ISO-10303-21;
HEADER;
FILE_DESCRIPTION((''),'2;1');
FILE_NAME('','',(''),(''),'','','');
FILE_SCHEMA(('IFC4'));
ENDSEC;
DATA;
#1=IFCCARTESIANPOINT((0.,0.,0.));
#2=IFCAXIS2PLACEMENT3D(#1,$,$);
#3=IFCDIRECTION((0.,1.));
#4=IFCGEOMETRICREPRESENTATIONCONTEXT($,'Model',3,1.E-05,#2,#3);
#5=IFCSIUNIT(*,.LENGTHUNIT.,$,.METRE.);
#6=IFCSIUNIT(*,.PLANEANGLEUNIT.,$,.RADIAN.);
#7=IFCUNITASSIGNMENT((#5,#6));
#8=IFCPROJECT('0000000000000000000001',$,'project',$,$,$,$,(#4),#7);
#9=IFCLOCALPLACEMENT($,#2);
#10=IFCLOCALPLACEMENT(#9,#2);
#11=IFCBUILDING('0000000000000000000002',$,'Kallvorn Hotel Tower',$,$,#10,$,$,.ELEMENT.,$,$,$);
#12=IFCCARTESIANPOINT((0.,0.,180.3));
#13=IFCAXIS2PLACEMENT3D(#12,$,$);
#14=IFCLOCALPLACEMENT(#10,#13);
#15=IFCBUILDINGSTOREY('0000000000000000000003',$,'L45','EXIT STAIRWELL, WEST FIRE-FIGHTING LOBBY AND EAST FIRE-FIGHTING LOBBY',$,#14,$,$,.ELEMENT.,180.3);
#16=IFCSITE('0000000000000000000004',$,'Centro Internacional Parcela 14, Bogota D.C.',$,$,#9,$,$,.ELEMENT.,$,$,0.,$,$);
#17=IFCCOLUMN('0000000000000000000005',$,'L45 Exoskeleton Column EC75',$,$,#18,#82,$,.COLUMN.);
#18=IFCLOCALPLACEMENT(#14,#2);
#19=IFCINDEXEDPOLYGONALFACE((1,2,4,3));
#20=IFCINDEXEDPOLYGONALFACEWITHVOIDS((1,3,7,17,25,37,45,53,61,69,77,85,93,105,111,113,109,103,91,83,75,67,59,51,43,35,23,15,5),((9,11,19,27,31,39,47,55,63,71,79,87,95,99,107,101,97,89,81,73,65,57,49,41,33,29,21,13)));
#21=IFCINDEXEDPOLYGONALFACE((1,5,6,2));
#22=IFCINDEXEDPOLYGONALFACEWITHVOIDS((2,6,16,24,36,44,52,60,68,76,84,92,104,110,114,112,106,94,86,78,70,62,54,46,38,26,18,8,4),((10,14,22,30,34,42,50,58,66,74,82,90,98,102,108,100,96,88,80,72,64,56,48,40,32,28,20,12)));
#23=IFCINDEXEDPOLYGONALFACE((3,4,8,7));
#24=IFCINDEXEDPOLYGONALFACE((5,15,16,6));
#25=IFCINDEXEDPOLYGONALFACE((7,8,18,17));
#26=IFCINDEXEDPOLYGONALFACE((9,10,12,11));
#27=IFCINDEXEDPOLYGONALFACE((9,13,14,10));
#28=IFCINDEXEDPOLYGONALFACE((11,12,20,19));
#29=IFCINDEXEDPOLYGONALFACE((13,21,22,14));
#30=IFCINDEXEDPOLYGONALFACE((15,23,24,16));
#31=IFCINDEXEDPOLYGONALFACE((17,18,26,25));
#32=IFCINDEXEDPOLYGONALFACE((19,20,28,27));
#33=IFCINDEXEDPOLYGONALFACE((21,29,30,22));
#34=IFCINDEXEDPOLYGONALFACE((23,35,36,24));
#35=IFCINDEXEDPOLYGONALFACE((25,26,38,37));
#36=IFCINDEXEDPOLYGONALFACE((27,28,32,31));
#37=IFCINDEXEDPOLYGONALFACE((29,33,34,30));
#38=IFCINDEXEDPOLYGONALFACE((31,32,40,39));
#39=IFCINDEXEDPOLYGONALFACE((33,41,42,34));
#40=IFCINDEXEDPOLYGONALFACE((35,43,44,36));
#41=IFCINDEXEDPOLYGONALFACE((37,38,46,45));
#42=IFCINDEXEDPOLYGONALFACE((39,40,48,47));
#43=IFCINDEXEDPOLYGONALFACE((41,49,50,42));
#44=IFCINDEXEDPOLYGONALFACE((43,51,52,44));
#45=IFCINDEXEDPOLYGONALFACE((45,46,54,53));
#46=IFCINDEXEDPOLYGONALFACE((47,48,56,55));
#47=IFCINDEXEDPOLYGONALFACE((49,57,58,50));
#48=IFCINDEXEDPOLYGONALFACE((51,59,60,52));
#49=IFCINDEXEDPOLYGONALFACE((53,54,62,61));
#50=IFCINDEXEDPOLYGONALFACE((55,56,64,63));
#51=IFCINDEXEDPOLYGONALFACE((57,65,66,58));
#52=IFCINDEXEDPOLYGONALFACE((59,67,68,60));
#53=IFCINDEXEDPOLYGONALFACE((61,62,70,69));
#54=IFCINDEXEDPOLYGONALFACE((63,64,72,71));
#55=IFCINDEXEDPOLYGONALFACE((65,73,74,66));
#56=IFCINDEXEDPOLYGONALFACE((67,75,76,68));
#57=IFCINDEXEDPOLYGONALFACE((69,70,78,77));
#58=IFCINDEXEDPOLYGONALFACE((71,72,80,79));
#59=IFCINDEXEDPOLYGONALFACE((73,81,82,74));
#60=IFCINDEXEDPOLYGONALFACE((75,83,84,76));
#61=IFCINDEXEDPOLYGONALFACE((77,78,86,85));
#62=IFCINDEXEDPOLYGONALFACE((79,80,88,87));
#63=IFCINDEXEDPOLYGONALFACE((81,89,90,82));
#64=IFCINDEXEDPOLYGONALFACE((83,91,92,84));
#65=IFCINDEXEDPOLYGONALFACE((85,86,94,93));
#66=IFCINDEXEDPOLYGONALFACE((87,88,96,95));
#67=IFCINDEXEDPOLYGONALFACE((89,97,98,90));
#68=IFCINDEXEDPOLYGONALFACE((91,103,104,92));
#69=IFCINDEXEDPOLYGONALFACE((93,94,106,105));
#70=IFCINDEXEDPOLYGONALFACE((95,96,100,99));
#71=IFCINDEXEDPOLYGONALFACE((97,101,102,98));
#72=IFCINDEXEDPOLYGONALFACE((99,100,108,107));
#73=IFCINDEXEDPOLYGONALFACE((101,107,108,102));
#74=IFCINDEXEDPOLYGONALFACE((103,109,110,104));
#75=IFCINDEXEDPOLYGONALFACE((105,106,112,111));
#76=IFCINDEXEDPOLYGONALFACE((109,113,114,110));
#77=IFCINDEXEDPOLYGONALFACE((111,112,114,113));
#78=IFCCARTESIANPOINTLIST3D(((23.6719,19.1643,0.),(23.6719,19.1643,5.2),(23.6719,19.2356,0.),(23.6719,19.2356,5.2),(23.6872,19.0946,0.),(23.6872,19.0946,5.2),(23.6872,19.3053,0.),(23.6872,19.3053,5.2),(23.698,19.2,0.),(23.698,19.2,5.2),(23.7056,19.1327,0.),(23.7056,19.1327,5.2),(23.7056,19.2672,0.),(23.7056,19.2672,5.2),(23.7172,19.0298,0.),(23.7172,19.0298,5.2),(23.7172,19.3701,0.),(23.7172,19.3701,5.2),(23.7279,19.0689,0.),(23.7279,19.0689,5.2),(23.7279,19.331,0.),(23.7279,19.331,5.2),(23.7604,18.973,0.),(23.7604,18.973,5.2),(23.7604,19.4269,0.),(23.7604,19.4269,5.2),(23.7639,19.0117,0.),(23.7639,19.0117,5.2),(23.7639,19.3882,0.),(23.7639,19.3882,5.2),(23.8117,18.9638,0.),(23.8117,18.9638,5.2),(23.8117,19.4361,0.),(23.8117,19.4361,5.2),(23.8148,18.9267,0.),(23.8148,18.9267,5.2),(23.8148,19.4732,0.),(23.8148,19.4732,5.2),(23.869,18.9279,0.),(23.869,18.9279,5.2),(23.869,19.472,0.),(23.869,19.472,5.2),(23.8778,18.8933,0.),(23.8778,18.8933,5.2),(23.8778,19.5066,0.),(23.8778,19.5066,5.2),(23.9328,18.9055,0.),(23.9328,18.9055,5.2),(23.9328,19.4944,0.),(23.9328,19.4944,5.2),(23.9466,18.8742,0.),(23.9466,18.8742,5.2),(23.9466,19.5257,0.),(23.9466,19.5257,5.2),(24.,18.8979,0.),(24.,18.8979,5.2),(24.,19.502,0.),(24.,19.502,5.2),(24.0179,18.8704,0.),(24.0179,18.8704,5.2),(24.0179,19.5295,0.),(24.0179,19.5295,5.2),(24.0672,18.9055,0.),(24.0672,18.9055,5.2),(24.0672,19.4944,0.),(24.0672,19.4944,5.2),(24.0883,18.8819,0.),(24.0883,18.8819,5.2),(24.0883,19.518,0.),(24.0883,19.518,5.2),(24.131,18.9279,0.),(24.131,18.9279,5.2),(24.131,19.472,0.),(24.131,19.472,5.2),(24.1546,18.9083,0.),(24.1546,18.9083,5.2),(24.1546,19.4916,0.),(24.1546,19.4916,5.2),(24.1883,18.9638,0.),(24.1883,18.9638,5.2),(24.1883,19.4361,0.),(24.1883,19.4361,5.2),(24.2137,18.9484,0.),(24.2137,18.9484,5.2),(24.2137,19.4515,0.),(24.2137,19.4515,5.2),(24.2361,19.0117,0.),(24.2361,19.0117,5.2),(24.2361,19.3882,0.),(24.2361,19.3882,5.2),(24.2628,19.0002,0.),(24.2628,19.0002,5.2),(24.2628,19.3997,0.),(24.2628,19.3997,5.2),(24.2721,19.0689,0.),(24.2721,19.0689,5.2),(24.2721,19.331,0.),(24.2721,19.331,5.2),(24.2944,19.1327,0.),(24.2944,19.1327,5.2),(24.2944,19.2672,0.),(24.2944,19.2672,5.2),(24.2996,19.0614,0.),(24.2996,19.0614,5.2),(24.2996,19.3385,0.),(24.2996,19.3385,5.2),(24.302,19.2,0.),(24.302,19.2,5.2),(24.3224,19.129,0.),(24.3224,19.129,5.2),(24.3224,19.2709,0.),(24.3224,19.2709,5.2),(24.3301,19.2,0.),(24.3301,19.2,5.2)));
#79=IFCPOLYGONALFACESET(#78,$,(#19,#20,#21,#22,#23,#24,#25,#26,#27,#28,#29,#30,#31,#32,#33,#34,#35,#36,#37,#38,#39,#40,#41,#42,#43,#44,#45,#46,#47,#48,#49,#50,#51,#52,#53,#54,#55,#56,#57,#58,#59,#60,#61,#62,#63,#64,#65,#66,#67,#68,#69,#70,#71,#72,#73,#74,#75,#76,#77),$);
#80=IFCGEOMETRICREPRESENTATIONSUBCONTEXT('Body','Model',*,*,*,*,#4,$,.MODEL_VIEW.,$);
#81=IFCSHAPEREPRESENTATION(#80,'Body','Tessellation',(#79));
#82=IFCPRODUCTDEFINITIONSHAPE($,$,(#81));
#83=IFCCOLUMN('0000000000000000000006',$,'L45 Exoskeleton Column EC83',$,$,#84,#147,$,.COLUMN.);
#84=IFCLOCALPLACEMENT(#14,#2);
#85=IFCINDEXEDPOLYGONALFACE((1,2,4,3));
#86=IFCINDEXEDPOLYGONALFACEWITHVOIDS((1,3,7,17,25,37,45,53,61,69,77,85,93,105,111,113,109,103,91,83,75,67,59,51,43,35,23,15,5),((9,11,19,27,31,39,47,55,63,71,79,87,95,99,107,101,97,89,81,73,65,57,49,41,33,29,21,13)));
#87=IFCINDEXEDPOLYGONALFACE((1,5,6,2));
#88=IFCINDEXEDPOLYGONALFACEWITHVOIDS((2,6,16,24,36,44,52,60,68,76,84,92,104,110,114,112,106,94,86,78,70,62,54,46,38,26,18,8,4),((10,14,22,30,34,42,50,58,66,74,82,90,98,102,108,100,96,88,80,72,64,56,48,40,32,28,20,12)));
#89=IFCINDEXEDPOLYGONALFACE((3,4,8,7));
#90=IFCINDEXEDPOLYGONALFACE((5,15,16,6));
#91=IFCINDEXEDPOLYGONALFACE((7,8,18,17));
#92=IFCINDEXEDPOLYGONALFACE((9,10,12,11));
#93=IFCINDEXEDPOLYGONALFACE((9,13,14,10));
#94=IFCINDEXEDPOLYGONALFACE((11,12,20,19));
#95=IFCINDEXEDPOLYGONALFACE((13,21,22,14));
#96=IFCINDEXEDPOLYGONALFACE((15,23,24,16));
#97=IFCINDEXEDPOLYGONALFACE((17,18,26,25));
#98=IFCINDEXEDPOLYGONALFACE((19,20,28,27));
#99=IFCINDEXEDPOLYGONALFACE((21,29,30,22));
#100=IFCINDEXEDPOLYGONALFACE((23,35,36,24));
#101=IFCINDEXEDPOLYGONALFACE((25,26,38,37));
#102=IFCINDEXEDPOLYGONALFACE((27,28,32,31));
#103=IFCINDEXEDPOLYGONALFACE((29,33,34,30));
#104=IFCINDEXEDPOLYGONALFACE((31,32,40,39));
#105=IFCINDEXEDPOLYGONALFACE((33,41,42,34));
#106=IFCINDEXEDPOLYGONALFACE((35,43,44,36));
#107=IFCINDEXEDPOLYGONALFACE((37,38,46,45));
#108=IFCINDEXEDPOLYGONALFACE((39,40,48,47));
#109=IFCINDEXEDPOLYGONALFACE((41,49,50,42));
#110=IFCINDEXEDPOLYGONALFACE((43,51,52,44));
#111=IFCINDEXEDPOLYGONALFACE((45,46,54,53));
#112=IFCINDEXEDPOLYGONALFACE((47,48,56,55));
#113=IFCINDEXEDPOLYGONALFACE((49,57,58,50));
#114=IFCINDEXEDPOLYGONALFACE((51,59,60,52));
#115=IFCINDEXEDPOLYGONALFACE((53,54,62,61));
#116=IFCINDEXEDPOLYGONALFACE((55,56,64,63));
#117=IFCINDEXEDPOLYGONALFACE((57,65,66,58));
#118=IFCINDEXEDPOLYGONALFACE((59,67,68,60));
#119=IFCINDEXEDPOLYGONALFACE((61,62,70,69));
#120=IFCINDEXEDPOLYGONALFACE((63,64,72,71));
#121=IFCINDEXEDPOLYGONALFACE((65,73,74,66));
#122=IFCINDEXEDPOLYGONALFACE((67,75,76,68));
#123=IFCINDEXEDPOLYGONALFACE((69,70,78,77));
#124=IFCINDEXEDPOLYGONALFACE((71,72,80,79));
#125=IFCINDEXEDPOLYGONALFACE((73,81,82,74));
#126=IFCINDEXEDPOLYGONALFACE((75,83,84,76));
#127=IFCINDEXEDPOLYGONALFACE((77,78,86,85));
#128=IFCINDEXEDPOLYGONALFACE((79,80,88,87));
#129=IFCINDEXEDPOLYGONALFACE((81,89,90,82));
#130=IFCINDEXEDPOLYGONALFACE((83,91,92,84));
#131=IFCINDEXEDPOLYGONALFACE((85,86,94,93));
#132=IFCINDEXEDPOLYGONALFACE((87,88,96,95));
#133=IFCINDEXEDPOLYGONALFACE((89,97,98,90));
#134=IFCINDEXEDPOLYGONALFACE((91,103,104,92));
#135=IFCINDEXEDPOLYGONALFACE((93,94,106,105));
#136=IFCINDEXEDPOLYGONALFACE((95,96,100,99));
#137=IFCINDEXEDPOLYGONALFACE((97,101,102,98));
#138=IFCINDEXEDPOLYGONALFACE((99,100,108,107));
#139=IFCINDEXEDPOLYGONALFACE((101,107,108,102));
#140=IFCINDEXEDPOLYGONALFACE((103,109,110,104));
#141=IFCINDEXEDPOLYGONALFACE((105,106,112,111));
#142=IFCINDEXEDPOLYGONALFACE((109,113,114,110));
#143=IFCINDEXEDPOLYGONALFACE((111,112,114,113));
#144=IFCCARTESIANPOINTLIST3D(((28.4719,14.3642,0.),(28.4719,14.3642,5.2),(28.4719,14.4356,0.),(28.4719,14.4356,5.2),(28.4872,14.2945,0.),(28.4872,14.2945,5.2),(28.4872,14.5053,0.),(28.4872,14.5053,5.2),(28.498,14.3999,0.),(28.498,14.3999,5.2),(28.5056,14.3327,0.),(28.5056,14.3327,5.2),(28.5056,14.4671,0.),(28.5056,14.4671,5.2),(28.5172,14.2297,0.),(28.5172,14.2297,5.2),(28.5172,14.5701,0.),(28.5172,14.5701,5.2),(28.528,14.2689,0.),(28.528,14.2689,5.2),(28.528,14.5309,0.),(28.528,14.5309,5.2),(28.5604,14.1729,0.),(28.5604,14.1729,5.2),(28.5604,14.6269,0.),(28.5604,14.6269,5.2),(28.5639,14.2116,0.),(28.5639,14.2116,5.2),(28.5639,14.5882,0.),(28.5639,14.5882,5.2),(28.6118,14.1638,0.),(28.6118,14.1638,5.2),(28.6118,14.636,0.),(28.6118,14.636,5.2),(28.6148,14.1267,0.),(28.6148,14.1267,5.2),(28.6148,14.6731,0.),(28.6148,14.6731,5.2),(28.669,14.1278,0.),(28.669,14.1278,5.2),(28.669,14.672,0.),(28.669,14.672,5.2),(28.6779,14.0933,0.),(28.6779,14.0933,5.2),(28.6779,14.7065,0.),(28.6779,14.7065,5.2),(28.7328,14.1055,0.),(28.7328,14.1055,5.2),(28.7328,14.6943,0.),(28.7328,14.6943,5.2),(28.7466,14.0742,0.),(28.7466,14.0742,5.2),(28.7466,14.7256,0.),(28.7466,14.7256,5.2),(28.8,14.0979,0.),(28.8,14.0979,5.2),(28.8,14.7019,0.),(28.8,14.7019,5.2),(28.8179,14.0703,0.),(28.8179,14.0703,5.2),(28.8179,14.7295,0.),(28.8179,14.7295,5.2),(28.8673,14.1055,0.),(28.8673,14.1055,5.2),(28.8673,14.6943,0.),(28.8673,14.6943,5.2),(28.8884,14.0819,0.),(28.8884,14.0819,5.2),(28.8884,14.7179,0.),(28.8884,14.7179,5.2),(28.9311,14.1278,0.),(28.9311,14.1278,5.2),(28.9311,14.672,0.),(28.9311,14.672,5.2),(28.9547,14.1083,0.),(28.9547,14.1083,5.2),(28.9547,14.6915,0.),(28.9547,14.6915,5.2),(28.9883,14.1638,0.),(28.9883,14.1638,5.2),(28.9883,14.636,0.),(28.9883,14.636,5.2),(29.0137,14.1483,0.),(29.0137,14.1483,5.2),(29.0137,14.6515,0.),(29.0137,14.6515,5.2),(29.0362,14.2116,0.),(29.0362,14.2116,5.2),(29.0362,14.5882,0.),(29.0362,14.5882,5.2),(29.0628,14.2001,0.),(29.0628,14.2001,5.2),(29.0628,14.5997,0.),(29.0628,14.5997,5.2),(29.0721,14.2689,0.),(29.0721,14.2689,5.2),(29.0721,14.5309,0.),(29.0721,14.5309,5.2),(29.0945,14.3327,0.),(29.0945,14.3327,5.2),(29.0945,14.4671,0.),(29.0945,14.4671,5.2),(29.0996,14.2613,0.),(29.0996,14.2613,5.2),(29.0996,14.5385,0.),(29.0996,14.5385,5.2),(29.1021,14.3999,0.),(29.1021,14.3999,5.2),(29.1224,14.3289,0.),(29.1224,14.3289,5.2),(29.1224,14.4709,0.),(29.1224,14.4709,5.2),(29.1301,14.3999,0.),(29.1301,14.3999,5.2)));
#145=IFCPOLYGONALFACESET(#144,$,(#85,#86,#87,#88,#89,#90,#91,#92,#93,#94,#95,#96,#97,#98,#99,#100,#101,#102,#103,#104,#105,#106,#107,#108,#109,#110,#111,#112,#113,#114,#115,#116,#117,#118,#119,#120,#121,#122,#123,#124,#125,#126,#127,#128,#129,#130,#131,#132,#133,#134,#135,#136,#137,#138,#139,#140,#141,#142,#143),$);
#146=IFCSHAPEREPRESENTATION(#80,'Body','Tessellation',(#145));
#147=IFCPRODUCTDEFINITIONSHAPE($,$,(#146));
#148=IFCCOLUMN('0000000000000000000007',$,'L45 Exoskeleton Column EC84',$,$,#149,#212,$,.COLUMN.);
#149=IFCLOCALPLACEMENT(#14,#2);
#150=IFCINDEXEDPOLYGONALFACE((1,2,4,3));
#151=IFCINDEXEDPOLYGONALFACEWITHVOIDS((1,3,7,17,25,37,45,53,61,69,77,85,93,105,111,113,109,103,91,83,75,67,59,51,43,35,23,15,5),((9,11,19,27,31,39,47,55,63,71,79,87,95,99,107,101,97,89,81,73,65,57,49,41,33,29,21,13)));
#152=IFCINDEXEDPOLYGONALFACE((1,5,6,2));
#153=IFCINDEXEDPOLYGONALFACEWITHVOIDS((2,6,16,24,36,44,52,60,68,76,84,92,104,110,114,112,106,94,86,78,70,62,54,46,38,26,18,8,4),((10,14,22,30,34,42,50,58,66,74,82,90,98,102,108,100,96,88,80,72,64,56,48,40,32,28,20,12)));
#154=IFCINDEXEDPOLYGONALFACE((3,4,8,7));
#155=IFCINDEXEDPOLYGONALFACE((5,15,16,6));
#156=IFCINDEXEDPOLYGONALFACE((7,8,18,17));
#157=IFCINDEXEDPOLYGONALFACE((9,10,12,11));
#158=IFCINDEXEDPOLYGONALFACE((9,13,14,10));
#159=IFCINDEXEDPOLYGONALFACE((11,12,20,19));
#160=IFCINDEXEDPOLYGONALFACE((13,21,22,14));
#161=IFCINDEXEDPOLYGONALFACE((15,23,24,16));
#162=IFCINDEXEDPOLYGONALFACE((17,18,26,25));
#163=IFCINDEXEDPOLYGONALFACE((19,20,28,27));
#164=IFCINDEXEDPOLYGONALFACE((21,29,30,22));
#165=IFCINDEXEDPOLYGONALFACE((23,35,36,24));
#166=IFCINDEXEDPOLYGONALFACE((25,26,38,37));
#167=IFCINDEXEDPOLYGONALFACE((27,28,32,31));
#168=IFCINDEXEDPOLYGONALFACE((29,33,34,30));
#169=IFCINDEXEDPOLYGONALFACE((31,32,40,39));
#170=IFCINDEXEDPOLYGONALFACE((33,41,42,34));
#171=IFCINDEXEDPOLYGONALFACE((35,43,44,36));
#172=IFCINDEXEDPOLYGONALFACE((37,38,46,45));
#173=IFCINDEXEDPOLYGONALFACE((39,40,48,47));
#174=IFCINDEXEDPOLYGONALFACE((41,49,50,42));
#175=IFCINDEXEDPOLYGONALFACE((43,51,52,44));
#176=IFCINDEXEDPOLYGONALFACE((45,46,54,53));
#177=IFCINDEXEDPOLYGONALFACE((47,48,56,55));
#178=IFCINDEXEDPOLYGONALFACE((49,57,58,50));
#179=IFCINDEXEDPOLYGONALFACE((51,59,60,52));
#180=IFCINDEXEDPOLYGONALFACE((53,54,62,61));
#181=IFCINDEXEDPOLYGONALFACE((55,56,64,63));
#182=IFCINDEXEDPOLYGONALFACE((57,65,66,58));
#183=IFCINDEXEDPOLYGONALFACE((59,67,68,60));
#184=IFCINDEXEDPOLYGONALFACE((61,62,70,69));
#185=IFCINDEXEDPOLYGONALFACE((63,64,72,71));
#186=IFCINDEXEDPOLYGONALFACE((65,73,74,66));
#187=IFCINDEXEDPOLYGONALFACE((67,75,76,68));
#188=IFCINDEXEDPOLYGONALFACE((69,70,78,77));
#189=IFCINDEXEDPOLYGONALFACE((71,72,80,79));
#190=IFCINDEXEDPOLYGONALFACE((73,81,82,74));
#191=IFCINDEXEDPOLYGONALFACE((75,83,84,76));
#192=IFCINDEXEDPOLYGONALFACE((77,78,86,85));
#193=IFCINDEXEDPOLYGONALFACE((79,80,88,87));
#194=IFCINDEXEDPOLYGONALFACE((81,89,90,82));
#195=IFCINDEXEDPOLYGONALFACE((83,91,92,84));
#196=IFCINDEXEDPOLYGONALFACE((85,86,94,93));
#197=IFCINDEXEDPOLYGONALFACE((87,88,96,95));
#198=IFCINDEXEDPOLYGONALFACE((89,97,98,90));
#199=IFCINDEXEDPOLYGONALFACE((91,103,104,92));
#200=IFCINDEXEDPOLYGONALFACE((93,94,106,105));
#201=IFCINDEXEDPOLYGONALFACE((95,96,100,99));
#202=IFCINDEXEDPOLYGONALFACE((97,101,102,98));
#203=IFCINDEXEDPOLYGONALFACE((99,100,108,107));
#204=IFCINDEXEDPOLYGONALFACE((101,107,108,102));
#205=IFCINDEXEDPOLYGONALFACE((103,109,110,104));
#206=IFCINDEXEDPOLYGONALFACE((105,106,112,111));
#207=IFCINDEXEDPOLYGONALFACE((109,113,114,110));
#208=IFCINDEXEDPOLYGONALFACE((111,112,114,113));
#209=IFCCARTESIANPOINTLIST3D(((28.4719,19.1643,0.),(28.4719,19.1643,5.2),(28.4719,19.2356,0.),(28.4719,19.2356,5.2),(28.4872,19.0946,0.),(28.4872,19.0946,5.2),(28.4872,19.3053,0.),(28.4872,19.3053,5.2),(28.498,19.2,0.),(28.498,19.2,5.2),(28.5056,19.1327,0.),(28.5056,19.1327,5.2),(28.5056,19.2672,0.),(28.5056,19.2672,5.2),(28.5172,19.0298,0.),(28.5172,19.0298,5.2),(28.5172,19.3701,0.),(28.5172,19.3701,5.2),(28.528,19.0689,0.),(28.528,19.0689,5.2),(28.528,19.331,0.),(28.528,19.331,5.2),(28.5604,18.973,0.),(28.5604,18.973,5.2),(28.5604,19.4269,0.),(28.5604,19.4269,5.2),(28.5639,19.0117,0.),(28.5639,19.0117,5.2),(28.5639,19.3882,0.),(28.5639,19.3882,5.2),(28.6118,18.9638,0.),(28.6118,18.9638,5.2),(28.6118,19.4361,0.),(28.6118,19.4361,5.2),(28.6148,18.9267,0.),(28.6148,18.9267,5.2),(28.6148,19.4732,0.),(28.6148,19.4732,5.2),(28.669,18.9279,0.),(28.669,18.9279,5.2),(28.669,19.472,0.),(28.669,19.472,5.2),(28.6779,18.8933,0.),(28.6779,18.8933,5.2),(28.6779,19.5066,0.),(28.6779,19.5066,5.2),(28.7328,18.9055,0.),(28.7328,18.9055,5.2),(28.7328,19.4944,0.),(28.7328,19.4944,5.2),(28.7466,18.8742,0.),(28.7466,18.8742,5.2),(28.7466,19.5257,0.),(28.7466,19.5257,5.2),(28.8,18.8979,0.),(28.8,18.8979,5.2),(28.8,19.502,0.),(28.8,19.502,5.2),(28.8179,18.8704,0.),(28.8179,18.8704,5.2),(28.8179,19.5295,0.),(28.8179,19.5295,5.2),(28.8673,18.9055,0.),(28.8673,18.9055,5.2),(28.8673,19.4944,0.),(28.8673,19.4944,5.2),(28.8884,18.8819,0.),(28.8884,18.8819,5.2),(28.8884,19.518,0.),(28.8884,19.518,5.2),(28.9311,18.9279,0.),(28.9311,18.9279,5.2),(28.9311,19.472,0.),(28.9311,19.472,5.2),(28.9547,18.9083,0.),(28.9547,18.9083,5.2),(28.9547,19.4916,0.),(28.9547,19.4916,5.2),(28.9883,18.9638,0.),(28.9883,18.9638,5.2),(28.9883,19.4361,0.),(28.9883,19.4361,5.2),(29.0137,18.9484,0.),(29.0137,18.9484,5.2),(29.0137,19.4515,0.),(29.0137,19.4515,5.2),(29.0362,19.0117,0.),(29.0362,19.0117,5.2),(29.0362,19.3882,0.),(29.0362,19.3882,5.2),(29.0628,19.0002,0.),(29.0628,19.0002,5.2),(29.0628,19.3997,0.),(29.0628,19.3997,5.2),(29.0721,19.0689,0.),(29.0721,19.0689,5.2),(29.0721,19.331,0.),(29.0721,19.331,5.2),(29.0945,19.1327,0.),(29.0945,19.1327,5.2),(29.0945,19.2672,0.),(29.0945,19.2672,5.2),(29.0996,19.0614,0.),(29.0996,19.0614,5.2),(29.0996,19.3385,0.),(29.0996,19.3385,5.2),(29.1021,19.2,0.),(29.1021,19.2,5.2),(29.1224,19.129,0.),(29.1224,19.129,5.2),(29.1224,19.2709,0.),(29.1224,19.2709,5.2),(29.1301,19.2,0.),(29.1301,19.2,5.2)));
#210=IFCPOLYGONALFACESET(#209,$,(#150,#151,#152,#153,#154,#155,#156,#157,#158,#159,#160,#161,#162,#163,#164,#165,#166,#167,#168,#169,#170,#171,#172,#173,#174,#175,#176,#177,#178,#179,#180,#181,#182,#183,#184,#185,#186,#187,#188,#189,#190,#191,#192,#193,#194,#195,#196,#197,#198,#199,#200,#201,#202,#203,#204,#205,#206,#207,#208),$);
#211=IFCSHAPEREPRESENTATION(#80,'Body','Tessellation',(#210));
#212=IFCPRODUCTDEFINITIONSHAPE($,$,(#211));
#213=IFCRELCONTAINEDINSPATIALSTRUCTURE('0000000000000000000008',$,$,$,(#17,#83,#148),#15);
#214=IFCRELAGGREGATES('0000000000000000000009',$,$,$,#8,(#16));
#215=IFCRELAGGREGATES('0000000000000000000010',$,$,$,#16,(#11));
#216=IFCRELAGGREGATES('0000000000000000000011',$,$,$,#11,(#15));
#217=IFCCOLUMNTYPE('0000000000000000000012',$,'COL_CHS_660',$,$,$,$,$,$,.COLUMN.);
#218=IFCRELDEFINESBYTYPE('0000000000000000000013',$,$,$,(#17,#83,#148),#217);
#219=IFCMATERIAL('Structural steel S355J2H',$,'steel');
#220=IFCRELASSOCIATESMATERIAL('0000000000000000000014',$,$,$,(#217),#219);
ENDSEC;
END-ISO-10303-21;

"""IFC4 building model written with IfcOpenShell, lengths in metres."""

from ifc_helpers import new_model, si_unit, direction, frame, origin, origin_2d, place, context, subcontext, project, spatial, hollow_circle, extrude, material, material_profile, profile_set, type_object, element, save


model = new_model("IFC4")

# Units and contexts
model_context = context("Model", 3, precision=1e-05, world=origin(), true_north=direction((0.0, 1.0)))
body_context = subcontext(model_context, "Body", "Model", "MODEL_VIEW")
ifc_project = project(units=[si_unit("LENGTHUNIT", "METRE"), si_unit("PLANEANGLEUNIT", "RADIAN")], contexts=[model_context])

# Site, building, storey
site_placement = place(None, origin())
site = spatial("IfcSite", under=ifc_project, at=site_placement, Name="Centro Internacional Parcela 14, Bogota D.C.", CompositionType="ELEMENT", RefElevation=0.0)
building_placement = place(site_placement, origin())
building = spatial("IfcBuilding", under=site, at=building_placement, Name="Kallvorn Hotel Tower", CompositionType="ELEMENT")
storey_placement = place(building_placement, frame((0.0, 0.0, 180.3)))
storey = spatial("IfcBuildingStorey", under=building, at=storey_placement, Name="L45", Description="EXIT STAIRWELL, WEST FIRE-FIGHTING LOBBY AND EAST FIRE-FIGHTING LOBBY", CompositionType="ELEMENT", Elevation=180.3)

# Columns
ifc_material_1 = material(Name="Structural steel S355J2H", Category="steel")
ifc_material_profile_1 = material_profile(ifc_material_1, hollow_circle(Radius=0.3301, WallThickness=0.0281, at=origin_2d()), Name="CHS 660x28")
ifc_profile_set_1 = profile_set([ifc_material_profile_1], Name="Structural steel S355J2H")
column_type_1 = type_object("IfcColumnType", Name="COL_CHS_660", PredefinedType="COLUMN", material=ifc_profile_set_1)
for number, where, z_axis, x_axis, name in (
    (1, (24.0, 19.2, 0.0), (0.0, 0.0, 1.0), (1.0, 0.0, 0.0), "L45 Exoskeleton Column EC75"),
    (2, (28.8, 14.3999, 0.0), (0.0, 0.0, 1.0), (1.0, 0.0, 0.0), "L45 Exoskeleton Column EC83"),
    (3, (28.8, 19.2, 0.0), (0.0, 0.0, 1.0), (1.0, 0.0, 0.0), "L45 Exoskeleton Column EC84"),
):
    element("IfcColumn", number, at=place(storey_placement, frame(where, z_axis=z_axis, x_axis=x_axis)), inside=storey, type_object=column_type_1, Name=name, PredefinedType="COLUMN", context=body_context, shape_type="SweptSolid", body=[
        extrude(hollow_circle(Radius=0.3301, WallThickness=0.0281, at=origin_2d()), origin(), (0.0, 0.0, 1.0), 5.2),
    ])

save(model, "model.ifc")
